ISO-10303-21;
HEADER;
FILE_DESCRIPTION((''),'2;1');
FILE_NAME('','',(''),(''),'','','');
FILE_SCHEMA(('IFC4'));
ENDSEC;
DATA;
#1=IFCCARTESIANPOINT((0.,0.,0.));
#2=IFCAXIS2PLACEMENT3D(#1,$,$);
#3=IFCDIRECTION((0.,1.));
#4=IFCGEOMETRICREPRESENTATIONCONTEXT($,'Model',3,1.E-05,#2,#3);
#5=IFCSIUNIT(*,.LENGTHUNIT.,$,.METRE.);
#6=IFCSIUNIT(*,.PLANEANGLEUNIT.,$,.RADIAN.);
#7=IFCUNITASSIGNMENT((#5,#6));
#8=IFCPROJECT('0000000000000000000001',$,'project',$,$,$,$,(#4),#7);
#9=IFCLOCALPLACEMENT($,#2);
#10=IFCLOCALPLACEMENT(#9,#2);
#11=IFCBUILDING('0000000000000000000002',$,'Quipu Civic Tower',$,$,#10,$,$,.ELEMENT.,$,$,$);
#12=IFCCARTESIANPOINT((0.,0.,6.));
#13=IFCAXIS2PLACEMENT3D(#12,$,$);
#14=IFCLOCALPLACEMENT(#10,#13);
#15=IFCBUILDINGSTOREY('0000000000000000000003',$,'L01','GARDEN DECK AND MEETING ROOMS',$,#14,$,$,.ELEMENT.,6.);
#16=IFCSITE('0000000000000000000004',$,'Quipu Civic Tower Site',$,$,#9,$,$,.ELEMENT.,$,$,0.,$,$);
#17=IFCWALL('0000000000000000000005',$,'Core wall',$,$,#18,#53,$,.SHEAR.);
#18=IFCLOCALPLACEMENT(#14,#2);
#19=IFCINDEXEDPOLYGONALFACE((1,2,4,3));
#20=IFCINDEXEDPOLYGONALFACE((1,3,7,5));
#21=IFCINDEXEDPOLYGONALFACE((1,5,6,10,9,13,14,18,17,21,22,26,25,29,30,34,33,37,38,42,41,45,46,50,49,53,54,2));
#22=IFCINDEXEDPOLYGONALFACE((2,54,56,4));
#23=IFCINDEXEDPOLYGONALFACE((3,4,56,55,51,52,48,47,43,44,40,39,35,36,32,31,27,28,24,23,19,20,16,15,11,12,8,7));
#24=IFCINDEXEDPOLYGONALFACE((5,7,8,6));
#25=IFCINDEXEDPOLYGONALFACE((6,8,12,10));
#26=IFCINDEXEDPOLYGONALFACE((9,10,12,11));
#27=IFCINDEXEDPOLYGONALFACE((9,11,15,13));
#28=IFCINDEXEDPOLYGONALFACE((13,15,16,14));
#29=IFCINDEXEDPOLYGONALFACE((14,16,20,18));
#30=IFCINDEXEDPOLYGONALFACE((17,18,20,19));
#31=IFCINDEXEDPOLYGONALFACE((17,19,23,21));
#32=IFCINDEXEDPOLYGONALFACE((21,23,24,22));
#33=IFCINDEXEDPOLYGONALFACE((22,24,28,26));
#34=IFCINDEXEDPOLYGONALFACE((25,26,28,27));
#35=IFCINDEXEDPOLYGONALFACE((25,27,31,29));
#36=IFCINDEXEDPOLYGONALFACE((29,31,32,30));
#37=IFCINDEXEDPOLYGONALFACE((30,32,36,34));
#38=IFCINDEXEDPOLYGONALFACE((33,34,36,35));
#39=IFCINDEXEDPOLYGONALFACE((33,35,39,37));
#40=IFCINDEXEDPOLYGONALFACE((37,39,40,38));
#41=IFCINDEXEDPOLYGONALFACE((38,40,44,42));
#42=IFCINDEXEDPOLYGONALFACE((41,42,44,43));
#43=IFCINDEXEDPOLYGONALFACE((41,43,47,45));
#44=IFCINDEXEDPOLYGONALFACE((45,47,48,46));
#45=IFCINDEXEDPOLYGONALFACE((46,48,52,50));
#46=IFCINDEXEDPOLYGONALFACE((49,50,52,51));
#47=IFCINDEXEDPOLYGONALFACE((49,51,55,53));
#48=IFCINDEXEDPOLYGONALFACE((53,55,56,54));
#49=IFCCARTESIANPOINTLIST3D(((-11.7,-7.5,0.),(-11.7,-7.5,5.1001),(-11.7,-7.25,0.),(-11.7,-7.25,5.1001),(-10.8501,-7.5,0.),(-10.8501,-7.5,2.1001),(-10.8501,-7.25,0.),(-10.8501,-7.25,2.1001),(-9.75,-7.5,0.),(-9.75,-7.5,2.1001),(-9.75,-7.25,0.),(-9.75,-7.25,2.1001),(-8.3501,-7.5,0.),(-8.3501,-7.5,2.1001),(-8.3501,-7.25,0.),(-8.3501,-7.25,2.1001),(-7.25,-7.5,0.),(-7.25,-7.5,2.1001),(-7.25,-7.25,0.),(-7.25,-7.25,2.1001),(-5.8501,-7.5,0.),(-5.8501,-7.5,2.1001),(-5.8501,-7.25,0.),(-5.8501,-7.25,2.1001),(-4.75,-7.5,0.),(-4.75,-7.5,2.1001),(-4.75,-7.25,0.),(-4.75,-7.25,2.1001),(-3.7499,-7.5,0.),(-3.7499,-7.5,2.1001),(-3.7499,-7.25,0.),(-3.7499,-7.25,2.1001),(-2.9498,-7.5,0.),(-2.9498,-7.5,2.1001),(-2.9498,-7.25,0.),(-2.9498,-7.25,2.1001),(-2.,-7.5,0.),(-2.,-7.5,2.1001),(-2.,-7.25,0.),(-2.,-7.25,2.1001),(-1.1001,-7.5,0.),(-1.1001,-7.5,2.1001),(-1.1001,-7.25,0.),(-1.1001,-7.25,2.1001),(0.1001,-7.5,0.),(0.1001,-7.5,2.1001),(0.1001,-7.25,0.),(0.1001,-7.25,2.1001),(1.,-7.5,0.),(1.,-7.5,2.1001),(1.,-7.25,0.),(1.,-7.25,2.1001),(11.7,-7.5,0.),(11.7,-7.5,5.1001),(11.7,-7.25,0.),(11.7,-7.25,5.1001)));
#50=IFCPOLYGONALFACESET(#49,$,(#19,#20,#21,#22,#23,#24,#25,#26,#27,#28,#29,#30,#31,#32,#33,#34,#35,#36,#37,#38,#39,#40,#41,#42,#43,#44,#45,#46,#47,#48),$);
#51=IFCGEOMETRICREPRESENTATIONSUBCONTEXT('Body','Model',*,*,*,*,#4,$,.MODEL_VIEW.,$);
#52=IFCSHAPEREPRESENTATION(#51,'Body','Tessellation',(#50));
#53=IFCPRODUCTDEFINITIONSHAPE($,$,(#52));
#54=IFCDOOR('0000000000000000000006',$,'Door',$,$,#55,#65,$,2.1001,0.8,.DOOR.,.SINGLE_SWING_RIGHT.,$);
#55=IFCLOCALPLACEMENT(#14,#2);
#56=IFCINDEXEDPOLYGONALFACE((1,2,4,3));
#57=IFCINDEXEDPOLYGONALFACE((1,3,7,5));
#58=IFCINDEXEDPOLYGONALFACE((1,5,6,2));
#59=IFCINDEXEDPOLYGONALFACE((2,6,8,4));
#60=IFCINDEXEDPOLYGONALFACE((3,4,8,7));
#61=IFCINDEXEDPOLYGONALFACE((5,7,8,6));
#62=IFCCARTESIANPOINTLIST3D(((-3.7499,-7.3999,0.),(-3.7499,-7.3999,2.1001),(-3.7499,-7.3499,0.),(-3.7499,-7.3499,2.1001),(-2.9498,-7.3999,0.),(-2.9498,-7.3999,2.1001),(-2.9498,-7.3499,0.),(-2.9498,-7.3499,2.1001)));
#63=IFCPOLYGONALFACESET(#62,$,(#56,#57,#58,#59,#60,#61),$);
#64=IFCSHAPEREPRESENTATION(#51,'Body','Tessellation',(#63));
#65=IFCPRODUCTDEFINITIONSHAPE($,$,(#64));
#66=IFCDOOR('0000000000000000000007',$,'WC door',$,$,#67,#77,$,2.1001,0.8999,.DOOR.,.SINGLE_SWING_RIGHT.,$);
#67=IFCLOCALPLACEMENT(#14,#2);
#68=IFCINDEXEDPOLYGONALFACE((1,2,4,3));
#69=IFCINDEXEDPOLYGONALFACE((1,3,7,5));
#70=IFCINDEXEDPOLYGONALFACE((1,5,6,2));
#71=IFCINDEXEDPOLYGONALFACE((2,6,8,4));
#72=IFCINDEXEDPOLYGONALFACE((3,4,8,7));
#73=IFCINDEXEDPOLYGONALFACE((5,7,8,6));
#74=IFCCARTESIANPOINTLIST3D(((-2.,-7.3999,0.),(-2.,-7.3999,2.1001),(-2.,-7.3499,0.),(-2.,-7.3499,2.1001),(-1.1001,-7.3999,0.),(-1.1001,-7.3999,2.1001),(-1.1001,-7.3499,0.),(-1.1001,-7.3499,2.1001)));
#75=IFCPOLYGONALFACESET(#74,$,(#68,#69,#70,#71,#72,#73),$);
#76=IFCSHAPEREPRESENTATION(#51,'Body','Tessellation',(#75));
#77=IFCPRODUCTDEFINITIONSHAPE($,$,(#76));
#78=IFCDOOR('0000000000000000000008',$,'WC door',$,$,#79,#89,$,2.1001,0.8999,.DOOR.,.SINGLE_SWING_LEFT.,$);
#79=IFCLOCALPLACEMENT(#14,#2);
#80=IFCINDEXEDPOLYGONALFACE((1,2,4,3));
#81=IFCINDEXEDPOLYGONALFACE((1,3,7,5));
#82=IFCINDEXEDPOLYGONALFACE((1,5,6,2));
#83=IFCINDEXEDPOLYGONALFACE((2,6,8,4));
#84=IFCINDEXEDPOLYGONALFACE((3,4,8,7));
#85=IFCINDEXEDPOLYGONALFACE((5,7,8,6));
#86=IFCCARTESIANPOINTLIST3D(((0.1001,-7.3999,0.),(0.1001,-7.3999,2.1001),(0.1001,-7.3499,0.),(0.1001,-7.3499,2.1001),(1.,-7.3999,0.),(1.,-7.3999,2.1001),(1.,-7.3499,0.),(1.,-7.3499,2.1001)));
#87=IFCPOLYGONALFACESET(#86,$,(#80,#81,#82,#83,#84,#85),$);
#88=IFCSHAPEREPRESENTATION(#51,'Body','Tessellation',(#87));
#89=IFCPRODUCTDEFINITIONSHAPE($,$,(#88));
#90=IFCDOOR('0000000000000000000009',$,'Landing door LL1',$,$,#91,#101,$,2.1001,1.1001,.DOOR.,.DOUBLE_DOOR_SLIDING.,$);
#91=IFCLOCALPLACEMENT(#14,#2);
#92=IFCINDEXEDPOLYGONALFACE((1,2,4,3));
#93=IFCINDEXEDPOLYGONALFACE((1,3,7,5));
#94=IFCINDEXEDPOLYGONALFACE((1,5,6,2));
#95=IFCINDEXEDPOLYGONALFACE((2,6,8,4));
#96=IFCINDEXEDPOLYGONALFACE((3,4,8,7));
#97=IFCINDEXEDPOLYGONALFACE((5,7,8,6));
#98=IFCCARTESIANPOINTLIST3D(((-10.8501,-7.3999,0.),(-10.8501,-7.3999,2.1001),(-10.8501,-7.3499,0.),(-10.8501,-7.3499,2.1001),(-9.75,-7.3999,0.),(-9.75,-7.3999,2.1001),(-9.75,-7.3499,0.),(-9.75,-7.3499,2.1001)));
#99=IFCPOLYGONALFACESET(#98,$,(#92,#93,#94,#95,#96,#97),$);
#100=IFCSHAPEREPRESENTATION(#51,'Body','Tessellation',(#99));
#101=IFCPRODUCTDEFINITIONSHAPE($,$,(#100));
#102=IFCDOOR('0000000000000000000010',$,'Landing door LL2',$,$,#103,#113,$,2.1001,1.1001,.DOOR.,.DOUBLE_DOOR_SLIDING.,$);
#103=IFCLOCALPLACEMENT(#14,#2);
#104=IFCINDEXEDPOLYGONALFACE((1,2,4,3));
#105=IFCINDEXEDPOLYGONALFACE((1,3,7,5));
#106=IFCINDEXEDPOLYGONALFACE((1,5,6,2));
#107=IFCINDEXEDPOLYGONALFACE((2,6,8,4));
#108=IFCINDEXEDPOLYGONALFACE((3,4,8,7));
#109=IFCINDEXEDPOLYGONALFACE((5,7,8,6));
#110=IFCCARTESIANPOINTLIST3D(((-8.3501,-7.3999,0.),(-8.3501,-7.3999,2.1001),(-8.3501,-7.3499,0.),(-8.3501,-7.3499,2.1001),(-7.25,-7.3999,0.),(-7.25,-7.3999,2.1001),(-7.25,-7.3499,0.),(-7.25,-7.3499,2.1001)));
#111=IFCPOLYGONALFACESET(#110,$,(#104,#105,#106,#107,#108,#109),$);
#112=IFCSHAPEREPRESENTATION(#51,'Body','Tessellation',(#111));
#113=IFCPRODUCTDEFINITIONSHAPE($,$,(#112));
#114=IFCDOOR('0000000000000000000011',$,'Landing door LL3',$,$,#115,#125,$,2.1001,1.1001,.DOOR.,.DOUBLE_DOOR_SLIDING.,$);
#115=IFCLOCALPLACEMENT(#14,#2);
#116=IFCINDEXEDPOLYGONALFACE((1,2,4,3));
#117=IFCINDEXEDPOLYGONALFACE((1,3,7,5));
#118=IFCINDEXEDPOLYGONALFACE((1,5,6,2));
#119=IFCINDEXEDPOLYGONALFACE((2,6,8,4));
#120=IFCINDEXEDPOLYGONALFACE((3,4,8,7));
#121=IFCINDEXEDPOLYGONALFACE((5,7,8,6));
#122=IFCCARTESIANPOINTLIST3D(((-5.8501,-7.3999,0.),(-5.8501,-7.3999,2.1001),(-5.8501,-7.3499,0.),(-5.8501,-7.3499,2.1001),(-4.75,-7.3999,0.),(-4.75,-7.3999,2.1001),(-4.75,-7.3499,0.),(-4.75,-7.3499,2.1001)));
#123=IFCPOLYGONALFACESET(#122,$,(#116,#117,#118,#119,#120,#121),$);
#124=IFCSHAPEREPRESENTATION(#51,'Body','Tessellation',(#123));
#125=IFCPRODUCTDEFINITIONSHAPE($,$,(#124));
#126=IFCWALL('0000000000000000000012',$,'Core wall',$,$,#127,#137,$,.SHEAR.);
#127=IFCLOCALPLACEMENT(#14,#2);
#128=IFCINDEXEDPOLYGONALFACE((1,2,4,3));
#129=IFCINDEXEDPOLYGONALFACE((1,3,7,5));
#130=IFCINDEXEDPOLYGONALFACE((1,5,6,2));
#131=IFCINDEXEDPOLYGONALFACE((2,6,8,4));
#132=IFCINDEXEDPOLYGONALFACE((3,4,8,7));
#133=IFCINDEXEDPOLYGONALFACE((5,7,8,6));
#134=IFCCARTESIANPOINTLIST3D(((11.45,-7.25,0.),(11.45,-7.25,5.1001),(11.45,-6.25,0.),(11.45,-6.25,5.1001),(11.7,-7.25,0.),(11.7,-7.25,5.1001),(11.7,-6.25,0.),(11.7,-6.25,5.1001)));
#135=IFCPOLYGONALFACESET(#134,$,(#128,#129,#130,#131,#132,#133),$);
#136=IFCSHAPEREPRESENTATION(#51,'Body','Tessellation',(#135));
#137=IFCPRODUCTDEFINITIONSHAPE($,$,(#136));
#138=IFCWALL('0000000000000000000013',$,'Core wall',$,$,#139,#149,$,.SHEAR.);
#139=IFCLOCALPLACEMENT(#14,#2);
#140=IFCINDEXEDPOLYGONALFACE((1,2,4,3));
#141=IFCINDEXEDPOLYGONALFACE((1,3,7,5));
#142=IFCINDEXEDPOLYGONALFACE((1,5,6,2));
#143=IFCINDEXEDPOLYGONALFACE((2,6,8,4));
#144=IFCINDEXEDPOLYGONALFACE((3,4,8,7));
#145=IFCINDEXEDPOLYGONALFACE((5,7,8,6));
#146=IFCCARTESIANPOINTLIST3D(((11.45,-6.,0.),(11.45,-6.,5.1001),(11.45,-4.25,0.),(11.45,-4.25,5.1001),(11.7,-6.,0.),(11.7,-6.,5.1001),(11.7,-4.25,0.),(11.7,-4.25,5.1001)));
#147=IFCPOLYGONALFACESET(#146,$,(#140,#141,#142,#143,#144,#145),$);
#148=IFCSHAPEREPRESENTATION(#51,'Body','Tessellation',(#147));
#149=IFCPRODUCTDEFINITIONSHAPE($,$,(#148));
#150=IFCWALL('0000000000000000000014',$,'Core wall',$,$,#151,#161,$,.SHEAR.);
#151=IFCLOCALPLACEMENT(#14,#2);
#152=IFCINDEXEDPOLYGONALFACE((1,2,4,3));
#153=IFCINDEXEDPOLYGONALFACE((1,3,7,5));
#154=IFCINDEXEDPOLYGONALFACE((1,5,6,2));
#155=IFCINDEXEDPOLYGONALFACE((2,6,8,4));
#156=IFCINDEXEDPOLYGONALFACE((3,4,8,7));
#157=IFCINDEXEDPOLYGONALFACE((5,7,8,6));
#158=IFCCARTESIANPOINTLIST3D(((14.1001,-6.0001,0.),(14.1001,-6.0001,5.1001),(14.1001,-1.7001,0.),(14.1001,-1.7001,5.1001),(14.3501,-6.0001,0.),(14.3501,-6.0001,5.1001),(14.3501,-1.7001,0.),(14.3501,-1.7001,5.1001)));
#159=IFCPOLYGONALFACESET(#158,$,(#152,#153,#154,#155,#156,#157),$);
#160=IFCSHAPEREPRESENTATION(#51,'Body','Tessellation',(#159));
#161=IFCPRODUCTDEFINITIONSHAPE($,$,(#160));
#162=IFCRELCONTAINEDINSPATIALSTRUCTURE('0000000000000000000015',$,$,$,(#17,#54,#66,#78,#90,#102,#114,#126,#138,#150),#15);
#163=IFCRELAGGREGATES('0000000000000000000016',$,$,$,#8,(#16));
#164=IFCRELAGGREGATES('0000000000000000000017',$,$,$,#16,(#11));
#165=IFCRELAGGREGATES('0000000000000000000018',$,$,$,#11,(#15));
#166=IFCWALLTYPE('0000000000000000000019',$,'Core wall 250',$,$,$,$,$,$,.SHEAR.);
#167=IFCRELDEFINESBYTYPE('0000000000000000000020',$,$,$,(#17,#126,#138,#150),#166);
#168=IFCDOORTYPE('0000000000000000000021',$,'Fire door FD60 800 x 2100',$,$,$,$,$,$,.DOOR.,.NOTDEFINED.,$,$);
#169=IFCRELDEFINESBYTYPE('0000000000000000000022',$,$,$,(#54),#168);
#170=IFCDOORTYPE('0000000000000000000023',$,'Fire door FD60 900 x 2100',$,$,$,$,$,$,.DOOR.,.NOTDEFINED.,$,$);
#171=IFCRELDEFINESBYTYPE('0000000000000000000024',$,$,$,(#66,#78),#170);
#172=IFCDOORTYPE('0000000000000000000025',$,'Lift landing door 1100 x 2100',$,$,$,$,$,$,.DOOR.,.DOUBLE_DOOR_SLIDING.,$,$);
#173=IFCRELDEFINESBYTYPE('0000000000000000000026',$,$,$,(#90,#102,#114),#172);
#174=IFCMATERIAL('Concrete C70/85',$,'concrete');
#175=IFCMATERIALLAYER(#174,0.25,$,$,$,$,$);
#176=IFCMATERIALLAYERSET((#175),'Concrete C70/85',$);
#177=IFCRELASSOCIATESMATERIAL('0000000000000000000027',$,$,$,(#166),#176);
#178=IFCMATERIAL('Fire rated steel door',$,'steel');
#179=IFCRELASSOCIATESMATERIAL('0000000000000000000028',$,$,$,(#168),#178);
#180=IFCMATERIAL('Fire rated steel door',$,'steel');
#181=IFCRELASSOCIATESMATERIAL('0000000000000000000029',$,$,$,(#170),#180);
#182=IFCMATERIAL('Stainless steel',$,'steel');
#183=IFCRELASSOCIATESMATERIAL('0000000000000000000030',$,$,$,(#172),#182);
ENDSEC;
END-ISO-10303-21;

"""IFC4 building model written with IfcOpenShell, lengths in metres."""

from ifc_helpers import new_model, si_unit, direction, frame, frame_2d, origin, place, context, subcontext, project, spatial, rectangle, extrude, material, layer, layer_set, type_object, element, fill, save


model = new_model("IFC4")

# Units and contexts
model_context = context("Model", 3, precision=1e-05, world=origin(), true_north=direction((0.0, 1.0)))
body_context = subcontext(model_context, "Body", "Model", "MODEL_VIEW")
ifc_project = project(units=[si_unit("LENGTHUNIT", "METRE"), si_unit("PLANEANGLEUNIT", "RADIAN")], contexts=[model_context])

# Site, building, storey
site_placement = place(None, origin())
site = spatial("IfcSite", under=ifc_project, at=site_placement, Name="Quipu Civic Tower Site", CompositionType="ELEMENT", RefElevation=0.0)
building_placement = place(site_placement, origin())
building = spatial("IfcBuilding", under=site, at=building_placement, Name="Quipu Civic Tower", CompositionType="ELEMENT")
storey_placement = place(building_placement, frame((0.0, 0.0, 6.0)))
storey = spatial("IfcBuildingStorey", under=building, at=storey_placement, Name="L01", Description="GARDEN DECK AND MEETING ROOMS", CompositionType="ELEMENT", Elevation=6.0)

# Shared definitions
ifc_material_1 = material(Name="Concrete C70/85", Category="concrete")
ifc_layer_1 = layer(ifc_material_1, 0.25)
ifc_layer_set_1 = layer_set([ifc_layer_1], Name="Concrete C70/85")
wall_type_1 = type_object("IfcWallType", Name="Core wall 250", PredefinedType="SHEAR", material=ifc_layer_set_1)

# Wall, openings, doors
wall_1_placement = place(storey_placement, frame((11.7, -7.375, 0.0), z_axis=(0.0, 0.0, 1.0), x_axis=(-1.0, 0.0, 0.0)))
wall_1 = element("IfcWall", 1, at=wall_1_placement, inside=storey, type_object=wall_type_1, Name="Core wall", PredefinedType="SHEAR", context=body_context, shape_type="SweptSolid", body=[
    extrude(rectangle(XDim=23.3999, YDim=0.25, at=frame_2d((11.7, 0.0))), origin(), (0.0, 0.0, 1.0), 5.1001),
])
opening_1_placement = place(wall_1_placement, frame((21.45, 0.0, 0.0)))
opening_1 = element("IfcOpeningElement", 2, at=opening_1_placement, cuts=wall_1, PredefinedType="OPENING", context=body_context, shape_type="SweptSolid", body=[
    extrude(rectangle(XDim=1.1001, YDim=2.1001, at=frame_2d((0.55, 1.05))), frame((0.0, 0.135, 0.0), z_axis=(0.0, -1.0, 0.0), x_axis=(1.0, 0.0, 0.0)), (0.0, 0.0, 1.0), 0.27),
])
opening_2_placement = place(wall_1_placement, frame((18.95, 0.0, 0.0)))
opening_2 = element("IfcOpeningElement", 3, at=opening_2_placement, cuts=wall_1, PredefinedType="OPENING", context=body_context, shape_type="SweptSolid", body=[
    extrude(rectangle(XDim=1.1001, YDim=2.1001, at=frame_2d((0.55, 1.05))), frame((0.0, 0.135, 0.0), z_axis=(0.0, -1.0, 0.0), x_axis=(1.0, 0.0, 0.0)), (0.0, 0.0, 1.0), 0.27),
])
opening_3_placement = place(wall_1_placement, frame((16.45, 0.0, 0.0)))
opening_3 = element("IfcOpeningElement", 4, at=opening_3_placement, cuts=wall_1, PredefinedType="OPENING", context=body_context, shape_type="SweptSolid", body=[
    extrude(rectangle(XDim=1.1001, YDim=2.1001, at=frame_2d((0.55, 1.05))), frame((0.0, 0.135, 0.0), z_axis=(0.0, -1.0, 0.0), x_axis=(1.0, 0.0, 0.0)), (0.0, 0.0, 1.0), 0.27),
])
opening_4_placement = place(wall_1_placement, frame((14.6499, 0.0, 0.0)))
opening_4 = element("IfcOpeningElement", 5, at=opening_4_placement, cuts=wall_1, PredefinedType="OPENING", context=body_context, shape_type="SweptSolid", body=[
    extrude(rectangle(XDim=0.8, YDim=2.1001, at=frame_2d((0.3999, 1.05))), frame((0.0, 0.135, 0.0), z_axis=(0.0, -1.0, 0.0), x_axis=(1.0, 0.0, 0.0)), (0.0, 0.0, 1.0), 0.27),
])
opening_5_placement = place(wall_1_placement, frame((12.8, 0.0, 0.0)))
opening_5 = element("IfcOpeningElement", 6, at=opening_5_placement, cuts=wall_1, PredefinedType="OPENING", context=body_context, shape_type="SweptSolid", body=[
    extrude(rectangle(XDim=0.8999, YDim=2.1001, at=frame_2d((0.45, 1.05))), frame((0.0, 0.135, 0.0), z_axis=(0.0, -1.0, 0.0), x_axis=(1.0, 0.0, 0.0)), (0.0, 0.0, 1.0), 0.27),
])
opening_6_placement = place(wall_1_placement, frame((10.7, 0.0, 0.0)))
opening_6 = element("IfcOpeningElement", 7, at=opening_6_placement, cuts=wall_1, PredefinedType="OPENING", context=body_context, shape_type="SweptSolid", body=[
    extrude(rectangle(XDim=0.8999, YDim=2.1001, at=frame_2d((0.45, 1.05))), frame((0.0, 0.135, 0.0), z_axis=(0.0, -1.0, 0.0), x_axis=(1.0, 0.0, 0.0)), (0.0, 0.0, 1.0), 0.27),
])
ifc_material_2 = material(Name="Fire rated steel door", Category="steel")
door_type_1 = type_object("IfcDoorType", Name="Fire door FD60 800 x 2100", OperationType="NOTDEFINED", PredefinedType="DOOR", material=ifc_material_2)
door_1_placement = place(opening_4_placement, origin())
door_1 = element("IfcDoor", 8, at=door_1_placement, inside=storey, type_object=door_type_1, Name="Door", OperationType="SINGLE_SWING_RIGHT", OverallHeight=2.1001, OverallWidth=0.8, PredefinedType="DOOR", context=body_context, shape_type="SweptSolid", body=[
    extrude(rectangle(XDim=0.8, YDim=2.1001, at=frame_2d((0.3999, 1.05))), frame((0.0, 0.0249, 0.0), z_axis=(0.0, -1.0, 0.0), x_axis=(1.0, 0.0, 0.0)), (0.0, 0.0, 1.0), 0.05),
])
fill(opening_4, door_1)
ifc_material_3 = material(Name="Fire rated steel door", Category="steel")
door_type_2 = type_object("IfcDoorType", Name="Fire door FD60 900 x 2100", OperationType="NOTDEFINED", PredefinedType="DOOR", material=ifc_material_3)
door_2_placement = place(opening_5_placement, origin())
door_2 = element("IfcDoor", 9, at=door_2_placement, inside=storey, type_object=door_type_2, Name="WC door", OperationType="SINGLE_SWING_RIGHT", OverallHeight=2.1001, OverallWidth=0.8999, PredefinedType="DOOR", context=body_context, shape_type="SweptSolid", body=[
    extrude(rectangle(XDim=0.8999, YDim=2.1001, at=frame_2d((0.45, 1.05))), frame((0.0, 0.0249, 0.0), z_axis=(0.0, -1.0, 0.0), x_axis=(1.0, 0.0, 0.0)), (0.0, 0.0, 1.0), 0.05),
])
fill(opening_5, door_2)
door_3_placement = place(opening_6_placement, origin())
door_3 = element("IfcDoor", 10, at=door_3_placement, inside=storey, type_object=door_type_2, Name="WC door", OperationType="SINGLE_SWING_LEFT", OverallHeight=2.1001, OverallWidth=0.8999, PredefinedType="DOOR", context=body_context, shape_type="SweptSolid", body=[
    extrude(rectangle(XDim=0.8999, YDim=2.1001, at=frame_2d((0.45, 1.05))), frame((0.0, 0.0249, 0.0), z_axis=(0.0, -1.0, 0.0), x_axis=(1.0, 0.0, 0.0)), (0.0, 0.0, 1.0), 0.05),
])
fill(opening_6, door_3)
ifc_material_4 = material(Name="Stainless steel", Category="steel")
door_type_3 = type_object("IfcDoorType", Name="Lift landing door 1100 x 2100", OperationType="DOUBLE_DOOR_SLIDING", PredefinedType="DOOR", material=ifc_material_4)
door_4_placement = place(opening_1_placement, origin())
door_4 = element("IfcDoor", 11, at=door_4_placement, inside=storey, type_object=door_type_3, Name="Landing door LL1", OperationType="DOUBLE_DOOR_SLIDING", OverallHeight=2.1001, OverallWidth=1.1001, PredefinedType="DOOR", context=body_context, shape_type="SweptSolid", body=[
    extrude(rectangle(XDim=1.1001, YDim=2.1001, at=frame_2d((0.55, 1.05))), frame((0.0, 0.0249, 0.0), z_axis=(0.0, -1.0, 0.0), x_axis=(1.0, 0.0, 0.0)), (0.0, 0.0, 1.0), 0.05),
])
fill(opening_1, door_4)
door_5_placement = place(opening_2_placement, origin())
door_5 = element("IfcDoor", 12, at=door_5_placement, inside=storey, type_object=door_type_3, Name="Landing door LL2", OperationType="DOUBLE_DOOR_SLIDING", OverallHeight=2.1001, OverallWidth=1.1001, PredefinedType="DOOR", context=body_context, shape_type="SweptSolid", body=[
    extrude(rectangle(XDim=1.1001, YDim=2.1001, at=frame_2d((0.55, 1.05))), frame((0.0, 0.0249, 0.0), z_axis=(0.0, -1.0, 0.0), x_axis=(1.0, 0.0, 0.0)), (0.0, 0.0, 1.0), 0.05),
])
fill(opening_2, door_5)
door_6_placement = place(opening_3_placement, origin())
door_6 = element("IfcDoor", 13, at=door_6_placement, inside=storey, type_object=door_type_3, Name="Landing door LL3", OperationType="DOUBLE_DOOR_SLIDING", OverallHeight=2.1001, OverallWidth=1.1001, PredefinedType="DOOR", context=body_context, shape_type="SweptSolid", body=[
    extrude(rectangle(XDim=1.1001, YDim=2.1001, at=frame_2d((0.55, 1.05))), frame((0.0, 0.0249, 0.0), z_axis=(0.0, -1.0, 0.0), x_axis=(1.0, 0.0, 0.0)), (0.0, 0.0, 1.0), 0.05),
])
fill(opening_3, door_6)

# Walls
wall_2_placement = place(storey_placement, frame((11.575, -7.25, 0.0), z_axis=(0.0, 0.0, 1.0), x_axis=(0.0, 1.0, 0.0)))
element("IfcWall", 14, at=wall_2_placement, inside=storey, type_object=wall_type_1, Name="Core wall", PredefinedType="SHEAR", context=body_context, shape_type="SweptSolid", body=[
    extrude(rectangle(XDim=1.0, YDim=0.25, at=frame_2d((0.5, 0.0))), origin(), (0.0, 0.0, 1.0), 5.1001),
])
wall_3_placement = place(storey_placement, frame((11.575, -6.0, 0.0), z_axis=(0.0, 0.0, 1.0), x_axis=(0.0, 1.0, 0.0)))
element("IfcWall", 15, at=wall_3_placement, inside=storey, type_object=wall_type_1, Name="Core wall", PredefinedType="SHEAR", context=body_context, shape_type="SweptSolid", body=[
    extrude(rectangle(XDim=1.75, YDim=0.25, at=frame_2d((0.875, 0.0))), origin(), (0.0, 0.0, 1.0), 5.1001),
])
wall_4_placement = place(storey_placement, frame((14.2251, -6.0, 0.0), z_axis=(0.0, 0.0, 1.0), x_axis=(0.0, 1.0, 0.0)))
element("IfcWall", 16, at=wall_4_placement, inside=storey, type_object=wall_type_1, Name="Core wall", PredefinedType="SHEAR", context=body_context, shape_type="SweptSolid", body=[
    extrude(rectangle(XDim=4.3, YDim=0.25, at=frame_2d((2.1499, 0.0))), origin(), (0.0, 0.0, 1.0), 5.1001),
])

save(model, "model.ifc")
